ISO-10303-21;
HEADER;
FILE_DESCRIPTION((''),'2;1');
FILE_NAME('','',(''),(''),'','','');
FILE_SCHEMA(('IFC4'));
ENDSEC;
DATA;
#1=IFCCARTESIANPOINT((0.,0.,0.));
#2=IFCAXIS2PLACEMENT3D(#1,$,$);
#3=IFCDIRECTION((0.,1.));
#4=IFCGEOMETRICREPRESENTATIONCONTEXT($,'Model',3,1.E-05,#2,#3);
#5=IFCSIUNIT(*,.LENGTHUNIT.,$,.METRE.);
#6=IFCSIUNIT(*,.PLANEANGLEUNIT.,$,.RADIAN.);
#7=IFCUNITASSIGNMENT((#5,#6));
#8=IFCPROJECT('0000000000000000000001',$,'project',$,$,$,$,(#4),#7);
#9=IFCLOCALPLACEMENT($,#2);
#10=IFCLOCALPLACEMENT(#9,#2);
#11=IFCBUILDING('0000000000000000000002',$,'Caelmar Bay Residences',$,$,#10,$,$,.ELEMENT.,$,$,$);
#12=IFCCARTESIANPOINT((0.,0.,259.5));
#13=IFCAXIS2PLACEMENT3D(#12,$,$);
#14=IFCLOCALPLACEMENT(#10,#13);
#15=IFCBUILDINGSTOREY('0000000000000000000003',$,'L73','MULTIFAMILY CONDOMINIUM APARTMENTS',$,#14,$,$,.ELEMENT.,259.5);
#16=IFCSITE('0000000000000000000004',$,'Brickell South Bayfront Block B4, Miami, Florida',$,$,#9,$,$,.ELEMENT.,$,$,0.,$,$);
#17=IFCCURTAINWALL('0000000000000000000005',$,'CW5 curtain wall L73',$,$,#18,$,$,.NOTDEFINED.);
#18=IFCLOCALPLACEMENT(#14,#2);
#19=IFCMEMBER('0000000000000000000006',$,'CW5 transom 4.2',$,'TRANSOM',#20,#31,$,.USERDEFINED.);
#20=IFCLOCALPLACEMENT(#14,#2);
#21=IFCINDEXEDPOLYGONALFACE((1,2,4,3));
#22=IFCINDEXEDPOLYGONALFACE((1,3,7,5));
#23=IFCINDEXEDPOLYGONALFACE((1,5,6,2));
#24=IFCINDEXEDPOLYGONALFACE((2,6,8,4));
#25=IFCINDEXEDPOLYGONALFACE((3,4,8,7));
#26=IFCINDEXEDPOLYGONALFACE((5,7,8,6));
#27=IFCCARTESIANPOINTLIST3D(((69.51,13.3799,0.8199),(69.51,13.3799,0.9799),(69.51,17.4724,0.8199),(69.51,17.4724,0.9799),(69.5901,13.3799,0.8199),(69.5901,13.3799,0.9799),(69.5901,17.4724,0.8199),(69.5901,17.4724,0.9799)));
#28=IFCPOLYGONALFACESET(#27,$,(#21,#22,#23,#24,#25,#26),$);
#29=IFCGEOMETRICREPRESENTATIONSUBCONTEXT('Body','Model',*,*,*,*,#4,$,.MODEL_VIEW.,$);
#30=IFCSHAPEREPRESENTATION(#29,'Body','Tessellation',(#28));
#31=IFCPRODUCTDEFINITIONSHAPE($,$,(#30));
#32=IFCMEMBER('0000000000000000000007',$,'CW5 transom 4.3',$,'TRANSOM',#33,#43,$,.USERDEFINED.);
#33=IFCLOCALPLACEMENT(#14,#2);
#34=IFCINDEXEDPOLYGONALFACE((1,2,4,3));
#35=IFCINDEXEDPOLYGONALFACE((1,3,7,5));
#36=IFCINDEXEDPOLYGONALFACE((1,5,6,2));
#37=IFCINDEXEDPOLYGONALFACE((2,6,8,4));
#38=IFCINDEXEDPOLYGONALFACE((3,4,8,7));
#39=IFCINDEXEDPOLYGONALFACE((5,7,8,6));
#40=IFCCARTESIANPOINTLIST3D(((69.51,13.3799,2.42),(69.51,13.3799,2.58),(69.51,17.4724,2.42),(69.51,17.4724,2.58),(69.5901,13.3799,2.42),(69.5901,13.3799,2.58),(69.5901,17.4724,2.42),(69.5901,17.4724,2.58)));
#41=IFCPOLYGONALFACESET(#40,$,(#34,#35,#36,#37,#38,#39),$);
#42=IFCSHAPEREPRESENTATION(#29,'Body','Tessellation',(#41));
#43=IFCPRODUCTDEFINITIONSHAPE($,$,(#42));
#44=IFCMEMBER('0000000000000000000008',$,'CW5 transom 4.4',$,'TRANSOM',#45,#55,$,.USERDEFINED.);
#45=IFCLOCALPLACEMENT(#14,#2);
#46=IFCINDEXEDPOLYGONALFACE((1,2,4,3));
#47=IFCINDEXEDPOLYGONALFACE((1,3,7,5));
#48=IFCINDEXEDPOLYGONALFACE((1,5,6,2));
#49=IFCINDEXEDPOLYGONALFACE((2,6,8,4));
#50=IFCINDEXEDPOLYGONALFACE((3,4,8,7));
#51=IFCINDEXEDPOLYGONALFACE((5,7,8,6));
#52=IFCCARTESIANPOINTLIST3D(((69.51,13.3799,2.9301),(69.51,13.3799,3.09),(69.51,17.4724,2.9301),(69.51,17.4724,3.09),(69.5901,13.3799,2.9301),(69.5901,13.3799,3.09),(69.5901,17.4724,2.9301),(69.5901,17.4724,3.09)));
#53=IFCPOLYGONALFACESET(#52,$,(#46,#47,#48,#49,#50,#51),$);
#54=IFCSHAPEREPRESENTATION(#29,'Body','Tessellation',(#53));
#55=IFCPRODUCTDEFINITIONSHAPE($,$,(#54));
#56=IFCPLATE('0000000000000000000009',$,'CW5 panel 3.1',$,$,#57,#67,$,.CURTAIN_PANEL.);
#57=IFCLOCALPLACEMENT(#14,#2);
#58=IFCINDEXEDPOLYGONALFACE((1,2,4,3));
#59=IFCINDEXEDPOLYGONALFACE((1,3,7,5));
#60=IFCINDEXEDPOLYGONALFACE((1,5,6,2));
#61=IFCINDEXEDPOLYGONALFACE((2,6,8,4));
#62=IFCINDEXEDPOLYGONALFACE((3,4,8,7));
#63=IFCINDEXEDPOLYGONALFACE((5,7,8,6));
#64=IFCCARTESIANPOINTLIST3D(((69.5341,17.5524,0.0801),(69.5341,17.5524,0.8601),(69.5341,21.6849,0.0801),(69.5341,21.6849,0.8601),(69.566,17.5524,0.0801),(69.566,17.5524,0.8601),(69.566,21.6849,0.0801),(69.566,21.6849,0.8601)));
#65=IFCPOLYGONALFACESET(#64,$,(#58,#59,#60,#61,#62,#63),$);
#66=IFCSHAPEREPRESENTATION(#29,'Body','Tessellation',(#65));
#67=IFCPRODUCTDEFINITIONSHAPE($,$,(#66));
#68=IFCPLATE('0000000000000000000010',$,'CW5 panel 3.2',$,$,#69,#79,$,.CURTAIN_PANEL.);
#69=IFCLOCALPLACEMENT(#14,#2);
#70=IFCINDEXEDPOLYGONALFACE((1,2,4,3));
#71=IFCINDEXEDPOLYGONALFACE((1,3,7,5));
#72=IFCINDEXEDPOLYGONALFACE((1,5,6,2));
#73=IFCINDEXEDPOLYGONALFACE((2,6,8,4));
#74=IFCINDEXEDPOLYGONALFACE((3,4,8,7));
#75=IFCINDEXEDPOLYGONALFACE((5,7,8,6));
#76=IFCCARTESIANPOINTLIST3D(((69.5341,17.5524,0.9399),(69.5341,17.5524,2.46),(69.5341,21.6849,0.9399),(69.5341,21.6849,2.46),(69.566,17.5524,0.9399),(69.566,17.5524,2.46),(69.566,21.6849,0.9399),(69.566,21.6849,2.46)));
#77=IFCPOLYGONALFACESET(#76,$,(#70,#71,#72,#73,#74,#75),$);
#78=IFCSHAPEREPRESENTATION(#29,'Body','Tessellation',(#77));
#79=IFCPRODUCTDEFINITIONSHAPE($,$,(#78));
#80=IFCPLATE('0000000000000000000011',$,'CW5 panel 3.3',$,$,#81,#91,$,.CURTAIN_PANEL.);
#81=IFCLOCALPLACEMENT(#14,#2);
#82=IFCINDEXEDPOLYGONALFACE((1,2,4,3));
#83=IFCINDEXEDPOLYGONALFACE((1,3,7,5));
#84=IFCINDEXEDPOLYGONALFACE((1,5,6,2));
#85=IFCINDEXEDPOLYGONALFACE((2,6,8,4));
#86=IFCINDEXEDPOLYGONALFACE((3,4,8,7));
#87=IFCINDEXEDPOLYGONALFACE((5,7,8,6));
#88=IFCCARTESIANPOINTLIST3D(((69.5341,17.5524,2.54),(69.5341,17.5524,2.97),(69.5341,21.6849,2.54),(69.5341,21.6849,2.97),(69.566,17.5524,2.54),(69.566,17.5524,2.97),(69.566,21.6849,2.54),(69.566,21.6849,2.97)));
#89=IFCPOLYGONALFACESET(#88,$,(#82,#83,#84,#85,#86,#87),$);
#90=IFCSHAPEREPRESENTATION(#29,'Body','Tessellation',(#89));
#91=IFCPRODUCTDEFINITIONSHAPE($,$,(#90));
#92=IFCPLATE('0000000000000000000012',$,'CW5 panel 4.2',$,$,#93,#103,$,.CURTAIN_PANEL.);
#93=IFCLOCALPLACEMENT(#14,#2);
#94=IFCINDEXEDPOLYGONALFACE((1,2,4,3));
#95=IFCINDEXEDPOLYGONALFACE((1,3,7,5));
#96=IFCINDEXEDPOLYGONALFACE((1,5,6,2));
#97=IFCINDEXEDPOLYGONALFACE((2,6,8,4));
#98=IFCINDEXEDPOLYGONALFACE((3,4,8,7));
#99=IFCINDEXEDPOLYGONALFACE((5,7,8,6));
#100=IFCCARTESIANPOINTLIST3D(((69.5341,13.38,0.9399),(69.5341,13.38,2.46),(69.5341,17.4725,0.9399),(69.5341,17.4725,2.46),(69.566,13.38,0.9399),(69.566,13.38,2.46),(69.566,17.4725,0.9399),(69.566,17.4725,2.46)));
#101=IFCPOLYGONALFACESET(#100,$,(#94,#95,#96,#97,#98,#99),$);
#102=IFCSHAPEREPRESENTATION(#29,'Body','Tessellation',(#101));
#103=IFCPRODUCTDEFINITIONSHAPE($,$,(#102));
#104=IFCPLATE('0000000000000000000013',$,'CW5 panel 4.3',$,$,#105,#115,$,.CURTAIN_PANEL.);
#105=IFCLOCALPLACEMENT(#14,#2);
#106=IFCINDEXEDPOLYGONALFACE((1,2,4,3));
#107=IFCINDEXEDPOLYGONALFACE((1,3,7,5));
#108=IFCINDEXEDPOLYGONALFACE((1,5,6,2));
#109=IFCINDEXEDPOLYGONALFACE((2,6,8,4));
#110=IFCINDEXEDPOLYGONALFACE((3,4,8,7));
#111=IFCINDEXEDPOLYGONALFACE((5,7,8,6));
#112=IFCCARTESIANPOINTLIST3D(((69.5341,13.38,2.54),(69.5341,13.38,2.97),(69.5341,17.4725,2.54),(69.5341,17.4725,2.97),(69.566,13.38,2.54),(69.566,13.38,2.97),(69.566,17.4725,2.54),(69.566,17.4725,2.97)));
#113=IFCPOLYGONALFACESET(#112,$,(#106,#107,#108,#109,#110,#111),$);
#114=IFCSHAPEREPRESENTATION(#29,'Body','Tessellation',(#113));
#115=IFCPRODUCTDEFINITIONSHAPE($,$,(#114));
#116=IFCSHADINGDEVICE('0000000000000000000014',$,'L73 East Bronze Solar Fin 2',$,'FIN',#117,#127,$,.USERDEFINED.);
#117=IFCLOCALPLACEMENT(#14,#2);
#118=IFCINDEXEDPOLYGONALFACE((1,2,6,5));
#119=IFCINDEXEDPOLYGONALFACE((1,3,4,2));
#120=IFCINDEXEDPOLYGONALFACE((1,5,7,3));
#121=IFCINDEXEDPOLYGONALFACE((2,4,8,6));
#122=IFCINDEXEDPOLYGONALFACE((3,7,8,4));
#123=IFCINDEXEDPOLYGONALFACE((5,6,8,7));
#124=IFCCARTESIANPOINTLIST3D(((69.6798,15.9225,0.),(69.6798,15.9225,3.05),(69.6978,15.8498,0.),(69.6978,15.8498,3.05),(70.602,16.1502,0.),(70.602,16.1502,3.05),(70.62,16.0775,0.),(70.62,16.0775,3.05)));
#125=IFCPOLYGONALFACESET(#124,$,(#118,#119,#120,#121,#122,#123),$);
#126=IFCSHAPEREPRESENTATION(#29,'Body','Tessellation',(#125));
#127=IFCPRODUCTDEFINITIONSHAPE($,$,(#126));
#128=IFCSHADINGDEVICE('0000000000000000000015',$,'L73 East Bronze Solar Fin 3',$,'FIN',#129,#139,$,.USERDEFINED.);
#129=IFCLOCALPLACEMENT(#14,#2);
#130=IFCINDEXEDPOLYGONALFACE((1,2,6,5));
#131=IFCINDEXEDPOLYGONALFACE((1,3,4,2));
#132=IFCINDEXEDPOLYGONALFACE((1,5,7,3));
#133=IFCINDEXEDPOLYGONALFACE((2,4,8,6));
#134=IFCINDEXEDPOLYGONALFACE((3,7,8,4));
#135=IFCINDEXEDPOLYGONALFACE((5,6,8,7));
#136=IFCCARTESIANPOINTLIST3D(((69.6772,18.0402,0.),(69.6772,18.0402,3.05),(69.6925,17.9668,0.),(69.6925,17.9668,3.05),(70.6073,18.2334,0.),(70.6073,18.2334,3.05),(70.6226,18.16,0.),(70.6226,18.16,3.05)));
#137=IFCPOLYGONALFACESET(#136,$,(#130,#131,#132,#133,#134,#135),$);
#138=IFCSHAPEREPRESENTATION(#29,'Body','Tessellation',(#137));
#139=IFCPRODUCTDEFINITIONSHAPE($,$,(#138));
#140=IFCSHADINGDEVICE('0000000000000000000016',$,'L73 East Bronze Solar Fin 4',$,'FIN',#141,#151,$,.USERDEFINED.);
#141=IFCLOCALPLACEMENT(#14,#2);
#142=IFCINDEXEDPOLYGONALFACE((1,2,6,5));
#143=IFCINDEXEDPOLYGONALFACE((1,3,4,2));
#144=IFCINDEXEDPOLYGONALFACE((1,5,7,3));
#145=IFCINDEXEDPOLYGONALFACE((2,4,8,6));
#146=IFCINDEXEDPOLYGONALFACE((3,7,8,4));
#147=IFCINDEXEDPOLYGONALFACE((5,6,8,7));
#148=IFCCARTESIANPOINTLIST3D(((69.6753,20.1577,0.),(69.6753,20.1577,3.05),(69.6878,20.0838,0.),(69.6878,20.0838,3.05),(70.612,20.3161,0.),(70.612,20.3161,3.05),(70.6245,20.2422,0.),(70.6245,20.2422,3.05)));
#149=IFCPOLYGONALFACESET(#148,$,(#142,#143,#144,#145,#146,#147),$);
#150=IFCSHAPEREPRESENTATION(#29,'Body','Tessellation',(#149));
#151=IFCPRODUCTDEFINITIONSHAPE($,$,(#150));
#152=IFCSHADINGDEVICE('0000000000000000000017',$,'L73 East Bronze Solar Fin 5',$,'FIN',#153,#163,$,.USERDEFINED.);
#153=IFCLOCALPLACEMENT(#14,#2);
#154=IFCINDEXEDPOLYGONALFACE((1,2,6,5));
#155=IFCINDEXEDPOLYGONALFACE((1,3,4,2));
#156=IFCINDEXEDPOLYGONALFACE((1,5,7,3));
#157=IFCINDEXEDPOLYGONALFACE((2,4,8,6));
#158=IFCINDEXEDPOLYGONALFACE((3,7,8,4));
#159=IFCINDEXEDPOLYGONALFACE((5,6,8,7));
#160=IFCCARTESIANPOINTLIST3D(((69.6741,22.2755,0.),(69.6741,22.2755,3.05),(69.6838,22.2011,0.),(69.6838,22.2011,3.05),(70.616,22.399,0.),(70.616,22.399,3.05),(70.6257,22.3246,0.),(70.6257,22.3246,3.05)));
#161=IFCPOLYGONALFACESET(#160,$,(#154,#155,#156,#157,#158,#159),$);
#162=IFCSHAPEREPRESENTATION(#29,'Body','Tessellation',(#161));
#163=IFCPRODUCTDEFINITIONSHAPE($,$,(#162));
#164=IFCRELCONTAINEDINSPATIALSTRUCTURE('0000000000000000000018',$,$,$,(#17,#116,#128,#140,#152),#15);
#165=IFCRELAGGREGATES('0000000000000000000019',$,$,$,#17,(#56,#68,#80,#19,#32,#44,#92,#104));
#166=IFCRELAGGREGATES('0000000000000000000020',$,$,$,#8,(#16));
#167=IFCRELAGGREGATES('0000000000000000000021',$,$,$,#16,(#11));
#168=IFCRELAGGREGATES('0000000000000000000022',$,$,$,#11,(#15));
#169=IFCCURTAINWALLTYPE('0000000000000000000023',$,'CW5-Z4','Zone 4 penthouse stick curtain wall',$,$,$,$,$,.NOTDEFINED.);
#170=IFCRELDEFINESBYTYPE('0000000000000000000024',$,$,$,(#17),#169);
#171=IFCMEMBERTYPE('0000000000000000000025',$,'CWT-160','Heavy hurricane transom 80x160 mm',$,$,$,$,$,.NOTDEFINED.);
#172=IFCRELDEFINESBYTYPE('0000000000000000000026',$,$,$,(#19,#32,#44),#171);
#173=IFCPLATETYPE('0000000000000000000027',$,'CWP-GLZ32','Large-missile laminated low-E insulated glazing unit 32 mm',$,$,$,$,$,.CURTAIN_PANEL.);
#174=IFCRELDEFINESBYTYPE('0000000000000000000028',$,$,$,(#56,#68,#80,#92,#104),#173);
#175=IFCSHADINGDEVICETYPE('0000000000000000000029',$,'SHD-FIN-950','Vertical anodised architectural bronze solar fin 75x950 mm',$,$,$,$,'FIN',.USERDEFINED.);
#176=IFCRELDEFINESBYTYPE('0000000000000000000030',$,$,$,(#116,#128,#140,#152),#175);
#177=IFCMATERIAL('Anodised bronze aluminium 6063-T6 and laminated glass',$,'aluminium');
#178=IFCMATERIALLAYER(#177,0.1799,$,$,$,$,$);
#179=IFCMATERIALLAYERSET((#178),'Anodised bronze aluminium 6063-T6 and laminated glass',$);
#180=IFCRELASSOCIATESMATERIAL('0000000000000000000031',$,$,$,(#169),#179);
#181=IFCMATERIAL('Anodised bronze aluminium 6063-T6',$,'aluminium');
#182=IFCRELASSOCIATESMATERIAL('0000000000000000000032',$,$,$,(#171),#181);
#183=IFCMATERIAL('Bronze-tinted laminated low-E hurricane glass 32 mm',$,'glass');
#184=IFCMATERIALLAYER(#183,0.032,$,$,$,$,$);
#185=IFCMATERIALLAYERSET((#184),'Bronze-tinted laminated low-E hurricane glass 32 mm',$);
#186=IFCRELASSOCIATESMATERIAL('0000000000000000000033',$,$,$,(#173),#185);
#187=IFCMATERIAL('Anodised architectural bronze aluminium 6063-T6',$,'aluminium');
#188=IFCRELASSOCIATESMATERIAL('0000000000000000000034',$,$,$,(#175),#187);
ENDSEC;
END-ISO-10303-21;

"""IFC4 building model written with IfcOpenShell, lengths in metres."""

from ifc_helpers import new_model, si_unit, direction, frame, origin, origin_2d, place, context, subcontext, project, spatial, rectangle, extrude, material, layer, layer_set, material_profile, profile_set, type_object, element, aggregate, save


model = new_model("IFC4")

# Units and contexts
model_context = context("Model", 3, precision=1e-05, world=origin(), true_north=direction((0.0, 1.0)))
body_context = subcontext(model_context, "Body", "Model", "MODEL_VIEW")
ifc_project = project(units=[si_unit("LENGTHUNIT", "METRE"), si_unit("PLANEANGLEUNIT", "RADIAN")], contexts=[model_context])

# Site, building, storey
site_placement = place(None, origin())
site = spatial("IfcSite", under=ifc_project, at=site_placement, Name="Brickell South Bayfront Block B4, Miami, Florida", CompositionType="ELEMENT", RefElevation=0.0)
building_placement = place(site_placement, origin())
building = spatial("IfcBuilding", under=site, at=building_placement, Name="Caelmar Bay Residences", CompositionType="ELEMENT")
storey_placement = place(building_placement, frame((0.0, 0.0, 259.5)))
storey = spatial("IfcBuildingStorey", under=building, at=storey_placement, Name="L73", Description="MULTIFAMILY CONDOMINIUM APARTMENTS", CompositionType="ELEMENT", Elevation=259.5)

# Curtain wall, members, plates
ifc_material_1 = material(Name="Anodised bronze aluminium 6063-T6 and laminated glass", Category="aluminium")
ifc_layer_1 = layer(ifc_material_1, 0.1799)
ifc_layer_set_1 = layer_set([ifc_layer_1], Name="Anodised bronze aluminium 6063-T6 and laminated glass")
curtain_wall_type = type_object("IfcCurtainWallType", Name="CW5-Z4", Description="Zone 4 penthouse stick curtain wall", PredefinedType="NOTDEFINED", material=ifc_layer_set_1)
curtain_wall_placement = place(storey_placement, origin())
curtain_wall = element("IfcCurtainWall", 1, at=curtain_wall_placement, inside=storey, type_object=curtain_wall_type, Name="CW5 curtain wall L73", PredefinedType="NOTDEFINED")
ifc_material_2 = material(Name="Anodised bronze aluminium 6063-T6", Category="aluminium")
ifc_material_profile_1 = material_profile(ifc_material_2, rectangle(XDim=0.0801, YDim=0.1599, at=origin_2d()), Name="CWT-80X160")
ifc_profile_set_1 = profile_set([ifc_material_profile_1], Name="Anodised bronze aluminium 6063-T6")
member_type_1 = type_object("IfcMemberType", Name="CWT-160", Description="Heavy hurricane transom 80x160 mm", PredefinedType="NOTDEFINED", material=ifc_profile_set_1)
member_1_placement = place(storey_placement, frame((69.55, 17.4724, 0.8999), z_axis=(0.0, -1.0, 0.0), x_axis=(1.0, 0.0, 0.0)))
member_1 = element("IfcMember", 2, at=member_1_placement, type_object=member_type_1, Name="CW5 transom 4.2", ObjectType="TRANSOM", PredefinedType="USERDEFINED", context=body_context, shape_type="SweptSolid", body=[
    extrude(rectangle(XDim=0.0801, YDim=0.1599, at=origin_2d()), origin(), (0.0, 0.0, 1.0), 4.0925),
])
member_2_placement = place(storey_placement, frame((69.55, 17.4724, 2.5), z_axis=(0.0, -1.0, 0.0), x_axis=(1.0, 0.0, 0.0)))
member_2 = element("IfcMember", 3, at=member_2_placement, type_object=member_type_1, Name="CW5 transom 4.3", ObjectType="TRANSOM", PredefinedType="USERDEFINED", context=body_context, shape_type="SweptSolid", body=[
    extrude(rectangle(XDim=0.0801, YDim=0.1599, at=origin_2d()), origin(), (0.0, 0.0, 1.0), 4.0925),
])
member_3_placement = place(storey_placement, frame((69.55, 17.4724, 3.01), z_axis=(0.0, -1.0, 0.0), x_axis=(1.0, 0.0, 0.0)))
member_3 = element("IfcMember", 4, at=member_3_placement, type_object=member_type_1, Name="CW5 transom 4.4", ObjectType="TRANSOM", PredefinedType="USERDEFINED", context=body_context, shape_type="SweptSolid", body=[
    extrude(rectangle(XDim=0.0801, YDim=0.1599, at=origin_2d()), origin(), (0.0, 0.0, 1.0), 4.0925),
])
ifc_material_3 = material(Name="Bronze-tinted laminated low-E hurricane glass 32 mm", Category="glass")
ifc_layer_2 = layer(ifc_material_3, 0.032)
ifc_layer_set_2 = layer_set([ifc_layer_2], Name="Bronze-tinted laminated low-E hurricane glass 32 mm")
plate_type = type_object("IfcPlateType", Name="CWP-GLZ32", Description="Large-missile laminated low-E insulated glazing unit 32 mm", PredefinedType="CURTAIN_PANEL", material=ifc_layer_set_2)
plate_1_placement = place(storey_placement, frame((69.55, 19.6187, 0.0801), z_axis=(0.0, 0.0, 1.0), x_axis=(0.0, -1.0, 0.0)))
plate_1 = element("IfcPlate", 5, at=plate_1_placement, type_object=plate_type, Name="CW5 panel 3.1", PredefinedType="CURTAIN_PANEL", context=body_context, shape_type="SweptSolid", body=[
    extrude(rectangle(XDim=4.1326, YDim=0.032, at=origin_2d()), origin(), (0.0, 0.0, 1.0), 0.78),
])
plate_2_placement = place(storey_placement, frame((69.55, 19.6187, 0.9399), z_axis=(0.0, 0.0, 1.0), x_axis=(0.0, -1.0, 0.0)))
plate_2 = element("IfcPlate", 6, at=plate_2_placement, type_object=plate_type, Name="CW5 panel 3.2", PredefinedType="CURTAIN_PANEL", context=body_context, shape_type="SweptSolid", body=[
    extrude(rectangle(XDim=4.1326, YDim=0.032, at=origin_2d()), origin(), (0.0, 0.0, 1.0), 1.52),
])
plate_3_placement = place(storey_placement, frame((69.55, 19.6187, 2.54), z_axis=(0.0, 0.0, 1.0), x_axis=(0.0, -1.0, 0.0)))
plate_3 = element("IfcPlate", 7, at=plate_3_placement, type_object=plate_type, Name="CW5 panel 3.3", PredefinedType="CURTAIN_PANEL", context=body_context, shape_type="SweptSolid", body=[
    extrude(rectangle(XDim=4.1326, YDim=0.032, at=origin_2d()), origin(), (0.0, 0.0, 1.0), 0.4299),
])
plate_4_placement = place(storey_placement, frame((69.55, 15.4263, 0.9399), z_axis=(0.0, 0.0, 1.0), x_axis=(0.0, -1.0, 0.0)))
plate_4 = element("IfcPlate", 8, at=plate_4_placement, type_object=plate_type, Name="CW5 panel 4.2", PredefinedType="CURTAIN_PANEL", context=body_context, shape_type="SweptSolid", body=[
    extrude(rectangle(XDim=4.0925, YDim=0.032, at=origin_2d()), origin(), (0.0, 0.0, 1.0), 1.52),
])
plate_5_placement = place(storey_placement, frame((69.55, 15.4263, 2.54), z_axis=(0.0, 0.0, 1.0), x_axis=(0.0, -1.0, 0.0)))
plate_5 = element("IfcPlate", 9, at=plate_5_placement, type_object=plate_type, Name="CW5 panel 4.3", PredefinedType="CURTAIN_PANEL", context=body_context, shape_type="SweptSolid", body=[
    extrude(rectangle(XDim=4.0925, YDim=0.032, at=origin_2d()), origin(), (0.0, 0.0, 1.0), 0.4299),
])
aggregate(curtain_wall, [plate_1, plate_2, plate_3, member_1, member_2, member_3, plate_4, plate_5])

# Shading devices
ifc_material_4 = material(Name="Anodised architectural bronze aluminium 6063-T6", Category="aluminium")
ifc_material_profile_2 = material_profile(ifc_material_4, rectangle(XDim=0.075, YDim=0.95, at=origin_2d()), Name="BRONZE-FIN-75X950")
ifc_profile_set_2 = profile_set([ifc_material_profile_2], Name="Anodised architectural bronze aluminium 6063-T6")
shading_device_type = type_object("IfcShadingDeviceType", Name="SHD-FIN-950", Description="Vertical anodised architectural bronze solar fin 75x950 mm", ElementType="FIN", PredefinedType="USERDEFINED", material=ifc_profile_set_2)
for number, where, z_axis, x_axis, name in (
    (10, (70.1499, 16.0, 0.0), (0.0, 0.0, 1.0), (-0.23972, 0.970842, 0.0), "L73 East Bronze Solar Fin 2"),
    (11, (70.1499, 18.1001, 0.0), (0.0, 0.0, 1.0), (-0.2033, 0.979116, 0.0), "L73 East Bronze Solar Fin 3"),
    (12, (70.1499, 20.2, 0.0), (0.0, 0.0, 1.0), (-0.166769, 0.985996, 0.0), "L73 East Bronze Solar Fin 4"),
    (13, (70.1499, 22.3, 0.0), (0.0, 0.0, 1.0), (-0.130007, 0.991513, 0.0), "L73 East Bronze Solar Fin 5"),
):
    element("IfcShadingDevice", number, at=place(storey_placement, frame(where, z_axis=z_axis, x_axis=x_axis)), inside=storey, type_object=shading_device_type, Name=name, ObjectType="FIN", PredefinedType="USERDEFINED", context=body_context, shape_type="SweptSolid", body=[
        extrude(rectangle(XDim=0.075, YDim=0.95, at=origin_2d()), origin(), (0.0, 0.0, 1.0), 3.05),
    ])

save(model, "model.ifc")
